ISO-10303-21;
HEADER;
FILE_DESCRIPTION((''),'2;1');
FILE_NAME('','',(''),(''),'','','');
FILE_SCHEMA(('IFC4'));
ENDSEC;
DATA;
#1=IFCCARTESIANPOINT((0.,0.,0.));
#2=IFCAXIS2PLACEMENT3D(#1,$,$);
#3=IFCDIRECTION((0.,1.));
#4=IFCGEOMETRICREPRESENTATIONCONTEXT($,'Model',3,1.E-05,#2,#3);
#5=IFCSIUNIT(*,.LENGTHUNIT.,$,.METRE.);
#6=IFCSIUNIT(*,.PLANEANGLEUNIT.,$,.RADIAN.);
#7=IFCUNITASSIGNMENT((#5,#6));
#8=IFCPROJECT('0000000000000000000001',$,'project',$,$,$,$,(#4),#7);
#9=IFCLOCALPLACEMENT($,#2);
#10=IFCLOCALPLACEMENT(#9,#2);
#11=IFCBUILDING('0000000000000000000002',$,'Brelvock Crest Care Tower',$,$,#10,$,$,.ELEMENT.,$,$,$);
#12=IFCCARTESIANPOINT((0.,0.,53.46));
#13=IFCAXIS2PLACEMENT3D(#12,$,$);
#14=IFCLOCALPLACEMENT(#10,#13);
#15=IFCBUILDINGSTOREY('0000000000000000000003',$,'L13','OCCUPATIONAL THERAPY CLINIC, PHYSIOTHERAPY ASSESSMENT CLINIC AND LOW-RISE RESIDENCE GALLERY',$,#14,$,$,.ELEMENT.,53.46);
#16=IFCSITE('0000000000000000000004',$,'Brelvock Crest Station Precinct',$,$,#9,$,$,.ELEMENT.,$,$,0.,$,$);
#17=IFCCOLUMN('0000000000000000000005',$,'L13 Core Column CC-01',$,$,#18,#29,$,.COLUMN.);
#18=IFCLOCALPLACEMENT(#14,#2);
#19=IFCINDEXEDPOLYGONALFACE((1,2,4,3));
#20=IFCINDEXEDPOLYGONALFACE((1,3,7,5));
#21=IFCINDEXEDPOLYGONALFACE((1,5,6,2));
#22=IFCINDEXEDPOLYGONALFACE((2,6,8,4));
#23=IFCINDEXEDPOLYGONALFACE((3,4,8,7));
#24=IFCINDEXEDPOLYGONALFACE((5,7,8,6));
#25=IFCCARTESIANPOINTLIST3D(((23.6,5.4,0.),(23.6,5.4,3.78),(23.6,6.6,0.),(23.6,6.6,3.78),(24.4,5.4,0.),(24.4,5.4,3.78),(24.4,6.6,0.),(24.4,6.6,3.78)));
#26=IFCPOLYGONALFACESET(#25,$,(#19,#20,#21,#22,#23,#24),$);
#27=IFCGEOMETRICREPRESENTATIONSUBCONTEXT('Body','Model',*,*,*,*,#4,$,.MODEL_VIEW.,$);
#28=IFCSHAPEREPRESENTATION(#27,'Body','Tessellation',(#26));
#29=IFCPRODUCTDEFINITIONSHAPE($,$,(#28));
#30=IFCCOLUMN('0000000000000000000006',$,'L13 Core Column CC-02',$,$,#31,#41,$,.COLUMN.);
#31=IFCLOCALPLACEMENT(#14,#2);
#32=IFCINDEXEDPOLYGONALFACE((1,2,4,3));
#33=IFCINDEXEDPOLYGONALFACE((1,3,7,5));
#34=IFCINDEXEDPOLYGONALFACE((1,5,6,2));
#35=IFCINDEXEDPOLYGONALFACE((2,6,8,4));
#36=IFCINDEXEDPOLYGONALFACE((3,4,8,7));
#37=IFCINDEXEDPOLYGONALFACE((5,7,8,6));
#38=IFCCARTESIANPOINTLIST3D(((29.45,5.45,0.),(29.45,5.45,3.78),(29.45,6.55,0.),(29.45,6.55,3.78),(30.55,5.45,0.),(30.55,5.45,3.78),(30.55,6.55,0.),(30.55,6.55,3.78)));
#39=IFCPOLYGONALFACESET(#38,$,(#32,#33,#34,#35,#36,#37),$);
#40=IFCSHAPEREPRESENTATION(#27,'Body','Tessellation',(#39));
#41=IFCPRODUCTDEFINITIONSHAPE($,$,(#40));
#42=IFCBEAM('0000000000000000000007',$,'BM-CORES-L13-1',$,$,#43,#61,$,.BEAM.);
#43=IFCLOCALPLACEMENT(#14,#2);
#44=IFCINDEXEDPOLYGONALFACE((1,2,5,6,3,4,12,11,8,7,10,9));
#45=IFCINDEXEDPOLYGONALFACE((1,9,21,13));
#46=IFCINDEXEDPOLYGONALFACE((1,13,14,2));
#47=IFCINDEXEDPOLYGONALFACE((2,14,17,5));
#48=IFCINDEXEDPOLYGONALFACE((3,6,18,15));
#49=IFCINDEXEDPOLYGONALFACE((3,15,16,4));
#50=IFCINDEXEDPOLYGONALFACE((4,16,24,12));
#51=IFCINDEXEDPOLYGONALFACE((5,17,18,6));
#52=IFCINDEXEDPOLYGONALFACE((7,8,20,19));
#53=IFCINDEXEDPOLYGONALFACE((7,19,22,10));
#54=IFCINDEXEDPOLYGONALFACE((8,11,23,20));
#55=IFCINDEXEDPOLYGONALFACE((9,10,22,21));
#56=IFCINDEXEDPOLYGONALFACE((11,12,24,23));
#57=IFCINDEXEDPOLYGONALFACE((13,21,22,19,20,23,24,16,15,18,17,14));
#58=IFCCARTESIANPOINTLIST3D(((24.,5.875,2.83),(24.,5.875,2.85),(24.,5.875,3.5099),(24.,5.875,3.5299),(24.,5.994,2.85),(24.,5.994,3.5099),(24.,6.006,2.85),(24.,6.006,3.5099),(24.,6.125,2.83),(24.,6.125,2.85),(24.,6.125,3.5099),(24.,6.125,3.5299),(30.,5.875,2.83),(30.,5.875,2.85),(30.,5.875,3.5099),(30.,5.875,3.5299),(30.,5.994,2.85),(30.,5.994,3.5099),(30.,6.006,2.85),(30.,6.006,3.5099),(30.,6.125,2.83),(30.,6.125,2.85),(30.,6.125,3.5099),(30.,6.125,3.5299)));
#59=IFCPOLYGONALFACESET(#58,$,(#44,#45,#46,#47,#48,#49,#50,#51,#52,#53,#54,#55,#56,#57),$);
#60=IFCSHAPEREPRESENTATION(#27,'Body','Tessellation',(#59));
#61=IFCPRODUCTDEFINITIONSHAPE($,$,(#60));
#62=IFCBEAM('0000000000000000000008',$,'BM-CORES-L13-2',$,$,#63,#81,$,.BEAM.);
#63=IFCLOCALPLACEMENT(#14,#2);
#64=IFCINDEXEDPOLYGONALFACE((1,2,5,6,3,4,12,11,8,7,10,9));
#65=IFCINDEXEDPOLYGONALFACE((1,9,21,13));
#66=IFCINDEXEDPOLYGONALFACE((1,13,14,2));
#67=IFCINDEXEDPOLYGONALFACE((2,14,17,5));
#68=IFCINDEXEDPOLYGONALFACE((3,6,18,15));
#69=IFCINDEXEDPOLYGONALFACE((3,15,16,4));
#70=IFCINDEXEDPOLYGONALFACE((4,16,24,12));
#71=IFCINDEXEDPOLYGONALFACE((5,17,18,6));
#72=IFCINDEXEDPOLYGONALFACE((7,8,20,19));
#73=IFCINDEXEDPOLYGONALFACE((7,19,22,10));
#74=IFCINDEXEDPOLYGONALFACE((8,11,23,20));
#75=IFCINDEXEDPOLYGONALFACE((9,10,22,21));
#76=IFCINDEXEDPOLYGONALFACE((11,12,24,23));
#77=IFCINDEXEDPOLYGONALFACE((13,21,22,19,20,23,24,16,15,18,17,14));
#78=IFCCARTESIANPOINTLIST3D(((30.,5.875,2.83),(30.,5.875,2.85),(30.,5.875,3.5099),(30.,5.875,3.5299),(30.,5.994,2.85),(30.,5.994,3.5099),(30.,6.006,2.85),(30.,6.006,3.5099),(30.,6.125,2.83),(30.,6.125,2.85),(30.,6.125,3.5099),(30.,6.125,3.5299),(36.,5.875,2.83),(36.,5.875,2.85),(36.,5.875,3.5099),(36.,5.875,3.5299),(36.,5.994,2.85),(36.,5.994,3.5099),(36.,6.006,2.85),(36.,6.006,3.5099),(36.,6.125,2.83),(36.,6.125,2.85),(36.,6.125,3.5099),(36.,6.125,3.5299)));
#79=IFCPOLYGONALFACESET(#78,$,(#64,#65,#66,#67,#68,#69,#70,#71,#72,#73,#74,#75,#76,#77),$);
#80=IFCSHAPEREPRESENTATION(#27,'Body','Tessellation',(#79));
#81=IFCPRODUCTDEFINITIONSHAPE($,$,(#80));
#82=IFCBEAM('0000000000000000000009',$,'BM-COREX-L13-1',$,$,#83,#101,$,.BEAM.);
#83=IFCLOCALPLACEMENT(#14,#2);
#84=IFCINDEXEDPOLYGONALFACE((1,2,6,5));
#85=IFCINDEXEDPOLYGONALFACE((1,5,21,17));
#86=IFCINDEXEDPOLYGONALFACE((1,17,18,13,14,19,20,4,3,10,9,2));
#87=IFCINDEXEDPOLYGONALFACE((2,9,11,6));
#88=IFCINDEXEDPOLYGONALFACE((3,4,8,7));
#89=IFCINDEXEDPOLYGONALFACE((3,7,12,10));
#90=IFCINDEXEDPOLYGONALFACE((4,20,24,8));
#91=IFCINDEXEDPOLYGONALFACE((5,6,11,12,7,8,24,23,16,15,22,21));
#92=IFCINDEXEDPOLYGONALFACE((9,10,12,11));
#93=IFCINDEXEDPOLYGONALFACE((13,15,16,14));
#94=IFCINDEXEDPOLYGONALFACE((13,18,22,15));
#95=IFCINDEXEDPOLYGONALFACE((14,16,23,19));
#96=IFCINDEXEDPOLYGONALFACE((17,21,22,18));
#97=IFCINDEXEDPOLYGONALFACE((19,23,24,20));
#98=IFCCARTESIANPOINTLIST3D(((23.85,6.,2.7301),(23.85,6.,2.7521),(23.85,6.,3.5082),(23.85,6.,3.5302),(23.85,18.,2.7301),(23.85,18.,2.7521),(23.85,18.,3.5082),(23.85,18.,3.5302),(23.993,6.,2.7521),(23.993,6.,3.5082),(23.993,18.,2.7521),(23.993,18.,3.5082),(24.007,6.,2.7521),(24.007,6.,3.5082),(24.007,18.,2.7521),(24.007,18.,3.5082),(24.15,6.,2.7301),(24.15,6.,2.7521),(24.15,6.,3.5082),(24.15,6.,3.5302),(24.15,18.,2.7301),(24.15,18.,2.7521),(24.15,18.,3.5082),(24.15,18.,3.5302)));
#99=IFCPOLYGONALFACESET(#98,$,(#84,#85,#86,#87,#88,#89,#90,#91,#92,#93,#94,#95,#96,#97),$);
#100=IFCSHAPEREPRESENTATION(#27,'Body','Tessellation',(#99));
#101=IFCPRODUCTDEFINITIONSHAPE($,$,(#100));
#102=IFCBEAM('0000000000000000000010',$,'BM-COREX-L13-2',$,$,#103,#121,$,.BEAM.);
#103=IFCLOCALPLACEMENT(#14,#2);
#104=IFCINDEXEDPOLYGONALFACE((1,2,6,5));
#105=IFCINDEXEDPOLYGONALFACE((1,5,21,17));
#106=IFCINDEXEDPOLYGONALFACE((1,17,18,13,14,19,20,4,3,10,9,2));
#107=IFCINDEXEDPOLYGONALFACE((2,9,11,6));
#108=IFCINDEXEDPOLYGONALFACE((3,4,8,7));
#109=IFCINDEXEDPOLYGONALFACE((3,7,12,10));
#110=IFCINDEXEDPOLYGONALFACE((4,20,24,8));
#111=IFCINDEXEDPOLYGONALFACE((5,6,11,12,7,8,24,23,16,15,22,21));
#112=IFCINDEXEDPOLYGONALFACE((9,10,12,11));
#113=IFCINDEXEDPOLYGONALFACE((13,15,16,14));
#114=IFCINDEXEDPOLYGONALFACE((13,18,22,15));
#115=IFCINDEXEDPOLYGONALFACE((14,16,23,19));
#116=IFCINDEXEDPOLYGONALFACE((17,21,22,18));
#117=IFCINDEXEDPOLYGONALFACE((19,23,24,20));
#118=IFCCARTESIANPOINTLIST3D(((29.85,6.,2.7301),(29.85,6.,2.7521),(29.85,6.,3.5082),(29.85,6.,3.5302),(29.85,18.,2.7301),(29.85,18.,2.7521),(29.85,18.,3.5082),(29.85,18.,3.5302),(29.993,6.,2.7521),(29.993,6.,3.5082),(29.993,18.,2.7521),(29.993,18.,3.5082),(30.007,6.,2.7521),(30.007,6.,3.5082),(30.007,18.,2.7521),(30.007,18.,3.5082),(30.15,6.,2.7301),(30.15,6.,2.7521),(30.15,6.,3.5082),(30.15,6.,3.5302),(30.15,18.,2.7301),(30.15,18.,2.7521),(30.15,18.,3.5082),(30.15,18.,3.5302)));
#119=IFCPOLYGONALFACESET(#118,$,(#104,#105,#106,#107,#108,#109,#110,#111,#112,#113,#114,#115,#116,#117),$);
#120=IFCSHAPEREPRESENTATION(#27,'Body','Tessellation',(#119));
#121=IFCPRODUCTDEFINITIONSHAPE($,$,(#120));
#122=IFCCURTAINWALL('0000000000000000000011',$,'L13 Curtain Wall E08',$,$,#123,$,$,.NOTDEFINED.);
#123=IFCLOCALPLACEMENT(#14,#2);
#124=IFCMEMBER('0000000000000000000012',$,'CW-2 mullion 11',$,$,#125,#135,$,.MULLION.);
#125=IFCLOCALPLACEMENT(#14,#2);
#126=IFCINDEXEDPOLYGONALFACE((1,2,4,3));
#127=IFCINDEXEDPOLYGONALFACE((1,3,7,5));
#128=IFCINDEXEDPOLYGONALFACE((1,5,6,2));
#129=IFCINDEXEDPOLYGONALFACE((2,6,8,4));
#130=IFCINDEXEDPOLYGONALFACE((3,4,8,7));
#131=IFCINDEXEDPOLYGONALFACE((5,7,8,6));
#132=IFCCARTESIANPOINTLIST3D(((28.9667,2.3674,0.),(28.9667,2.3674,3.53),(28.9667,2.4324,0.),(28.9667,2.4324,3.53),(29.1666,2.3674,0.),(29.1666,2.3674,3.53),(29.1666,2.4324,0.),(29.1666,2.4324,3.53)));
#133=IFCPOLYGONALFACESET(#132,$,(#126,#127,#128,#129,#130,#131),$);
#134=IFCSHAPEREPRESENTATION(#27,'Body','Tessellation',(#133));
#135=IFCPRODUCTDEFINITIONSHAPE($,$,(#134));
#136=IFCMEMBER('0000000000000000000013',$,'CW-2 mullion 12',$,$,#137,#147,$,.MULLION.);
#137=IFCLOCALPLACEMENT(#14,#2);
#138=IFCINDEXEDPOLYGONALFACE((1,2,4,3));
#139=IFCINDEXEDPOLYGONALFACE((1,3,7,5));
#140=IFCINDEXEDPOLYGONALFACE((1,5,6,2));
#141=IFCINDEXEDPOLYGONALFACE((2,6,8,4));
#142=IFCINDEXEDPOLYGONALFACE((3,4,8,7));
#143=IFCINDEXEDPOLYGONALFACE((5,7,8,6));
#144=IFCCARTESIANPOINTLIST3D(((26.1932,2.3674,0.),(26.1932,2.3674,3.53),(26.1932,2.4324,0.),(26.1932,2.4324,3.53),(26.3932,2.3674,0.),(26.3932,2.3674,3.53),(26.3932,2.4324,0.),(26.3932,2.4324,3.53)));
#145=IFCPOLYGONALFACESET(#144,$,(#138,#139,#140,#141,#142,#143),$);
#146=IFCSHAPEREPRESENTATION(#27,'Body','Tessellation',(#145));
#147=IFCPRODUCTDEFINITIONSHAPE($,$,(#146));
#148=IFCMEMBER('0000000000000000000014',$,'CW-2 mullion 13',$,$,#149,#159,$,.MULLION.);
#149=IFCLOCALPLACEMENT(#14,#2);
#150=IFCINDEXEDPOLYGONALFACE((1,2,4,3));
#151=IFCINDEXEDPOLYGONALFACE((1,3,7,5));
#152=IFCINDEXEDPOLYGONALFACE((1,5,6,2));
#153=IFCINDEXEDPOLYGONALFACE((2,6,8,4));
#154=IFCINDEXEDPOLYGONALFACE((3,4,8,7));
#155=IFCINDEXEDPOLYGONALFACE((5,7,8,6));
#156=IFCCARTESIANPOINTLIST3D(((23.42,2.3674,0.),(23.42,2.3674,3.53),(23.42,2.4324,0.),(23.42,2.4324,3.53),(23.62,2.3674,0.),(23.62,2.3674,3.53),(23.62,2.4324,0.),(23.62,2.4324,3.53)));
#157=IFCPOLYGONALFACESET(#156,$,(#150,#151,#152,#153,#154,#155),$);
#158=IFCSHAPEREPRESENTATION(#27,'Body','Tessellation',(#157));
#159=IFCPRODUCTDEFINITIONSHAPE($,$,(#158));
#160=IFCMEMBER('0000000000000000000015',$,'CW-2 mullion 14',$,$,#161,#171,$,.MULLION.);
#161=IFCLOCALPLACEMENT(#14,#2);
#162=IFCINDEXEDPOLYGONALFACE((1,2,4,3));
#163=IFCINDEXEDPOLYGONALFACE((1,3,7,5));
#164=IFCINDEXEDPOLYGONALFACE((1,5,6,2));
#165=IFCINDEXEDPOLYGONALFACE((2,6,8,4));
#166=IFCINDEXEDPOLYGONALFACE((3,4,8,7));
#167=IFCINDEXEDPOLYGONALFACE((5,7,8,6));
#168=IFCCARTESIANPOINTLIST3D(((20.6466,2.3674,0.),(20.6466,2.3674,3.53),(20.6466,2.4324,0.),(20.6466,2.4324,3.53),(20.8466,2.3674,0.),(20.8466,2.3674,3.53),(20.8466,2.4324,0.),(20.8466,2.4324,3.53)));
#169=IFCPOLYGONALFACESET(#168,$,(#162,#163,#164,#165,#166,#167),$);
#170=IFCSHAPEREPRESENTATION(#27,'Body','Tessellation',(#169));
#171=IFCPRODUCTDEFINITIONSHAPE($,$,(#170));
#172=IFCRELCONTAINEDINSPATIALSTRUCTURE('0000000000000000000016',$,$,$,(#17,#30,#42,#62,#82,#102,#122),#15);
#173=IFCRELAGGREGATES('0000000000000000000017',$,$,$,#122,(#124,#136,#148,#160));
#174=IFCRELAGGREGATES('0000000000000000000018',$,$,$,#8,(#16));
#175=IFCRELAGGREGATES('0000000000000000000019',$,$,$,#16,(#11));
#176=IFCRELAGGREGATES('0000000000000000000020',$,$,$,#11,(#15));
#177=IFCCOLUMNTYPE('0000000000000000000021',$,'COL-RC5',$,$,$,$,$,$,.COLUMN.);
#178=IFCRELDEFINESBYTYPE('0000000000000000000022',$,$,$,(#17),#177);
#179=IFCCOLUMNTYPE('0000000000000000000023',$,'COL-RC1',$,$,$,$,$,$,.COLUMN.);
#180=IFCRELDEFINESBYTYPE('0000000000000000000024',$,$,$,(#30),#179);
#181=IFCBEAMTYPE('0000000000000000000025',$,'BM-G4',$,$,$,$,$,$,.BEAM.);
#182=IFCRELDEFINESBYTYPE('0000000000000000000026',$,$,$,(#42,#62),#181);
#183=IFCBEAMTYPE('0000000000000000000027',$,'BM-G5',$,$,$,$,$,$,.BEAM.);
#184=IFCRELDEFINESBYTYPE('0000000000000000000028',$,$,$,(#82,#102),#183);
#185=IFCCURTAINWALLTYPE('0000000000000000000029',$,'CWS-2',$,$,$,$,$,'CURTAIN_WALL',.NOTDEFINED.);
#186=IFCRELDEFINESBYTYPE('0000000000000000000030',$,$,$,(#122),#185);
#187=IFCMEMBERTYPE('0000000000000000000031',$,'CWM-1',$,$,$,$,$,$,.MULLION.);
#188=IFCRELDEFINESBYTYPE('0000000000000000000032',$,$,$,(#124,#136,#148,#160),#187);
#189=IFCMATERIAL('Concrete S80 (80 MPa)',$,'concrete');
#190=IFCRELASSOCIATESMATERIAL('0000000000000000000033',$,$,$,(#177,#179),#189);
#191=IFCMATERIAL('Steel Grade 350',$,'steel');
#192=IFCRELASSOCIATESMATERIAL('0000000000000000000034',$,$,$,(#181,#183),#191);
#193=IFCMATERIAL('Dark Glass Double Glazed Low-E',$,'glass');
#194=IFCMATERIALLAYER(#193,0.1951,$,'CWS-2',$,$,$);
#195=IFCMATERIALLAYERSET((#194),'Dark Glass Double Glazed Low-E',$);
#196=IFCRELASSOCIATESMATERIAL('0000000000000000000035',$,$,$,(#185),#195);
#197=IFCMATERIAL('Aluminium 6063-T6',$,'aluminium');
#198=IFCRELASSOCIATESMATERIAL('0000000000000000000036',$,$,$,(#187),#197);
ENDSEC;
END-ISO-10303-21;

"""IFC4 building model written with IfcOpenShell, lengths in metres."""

from ifc_helpers import new_model, si_unit, direction, frame, origin, origin_2d, place, context, subcontext, project, spatial, rectangle, i_section, extrude, source, transform, mapped, material, layer, layer_set, material_profile, profile_set, type_object, element, aggregate, save


model = new_model("IFC4")

# Units and contexts
model_context = context("Model", 3, precision=1e-05, world=origin(), true_north=direction((0.0, 1.0)))
body_context = subcontext(model_context, "Body", "Model", "MODEL_VIEW")
ifc_project = project(units=[si_unit("LENGTHUNIT", "METRE"), si_unit("PLANEANGLEUNIT", "RADIAN")], contexts=[model_context])

# Site, building, storey
site_placement = place(None, origin())
site = spatial("IfcSite", under=ifc_project, at=site_placement, Name="Brelvock Crest Station Precinct", CompositionType="ELEMENT", RefElevation=0.0)
building_placement = place(site_placement, origin())
building = spatial("IfcBuilding", under=site, at=building_placement, Name="Brelvock Crest Care Tower", CompositionType="ELEMENT")
storey_placement = place(building_placement, frame((0.0, 0.0, 53.46)))
storey = spatial("IfcBuildingStorey", under=building, at=storey_placement, Name="L13", Description="OCCUPATIONAL THERAPY CLINIC, PHYSIOTHERAPY ASSESSMENT CLINIC AND LOW-RISE RESIDENCE GALLERY", CompositionType="ELEMENT", Elevation=53.46)

# Columns
ifc_material_1 = material(Name="Concrete S80 (80 MPa)", Category="concrete")
ifc_material_profile_1 = material_profile(ifc_material_1, rectangle(XDim=0.8, YDim=1.2, at=origin_2d()), Name="RC800x1200")
ifc_profile_set_1 = profile_set([ifc_material_profile_1], Name="Concrete S80 (80 MPa)")
column_type_1 = type_object("IfcColumnType", Name="COL-RC5", PredefinedType="COLUMN", material=ifc_profile_set_1)
shared_shape_1 = source(origin(), body_context, "Body", "SweptSolid", [
    extrude(rectangle(XDim=0.8, YDim=1.2, at=origin_2d()), origin(), (0.0, 0.0, 1.0), 3.78),
])
column_1_placement = place(storey_placement, frame((24.0, 6.0, 0.0), z_axis=(0.0, 0.0, 1.0), x_axis=(1.0, 0.0, 0.0)))
element("IfcColumn", 1, at=column_1_placement, inside=storey, type_object=column_type_1, Name="L13 Core Column CC-01", PredefinedType="COLUMN", context=body_context, shape_type="MappedRepresentation", body=[
    mapped(shared_shape_1, transform((0.0, 0.0, 0.0), x_axis=(1.0, 0.0, 0.0), y_axis=(0.0, 1.0, 0.0), z_axis=(0.0, 0.0, 1.0), scale=1.0)),
])
ifc_material_profile_2 = material_profile(ifc_material_1, rectangle(XDim=1.1001, YDim=1.1001, at=origin_2d()), Name="RC1100x1100")
ifc_profile_set_2 = profile_set([ifc_material_profile_2], Name="Concrete S80 (80 MPa)")
column_type_2 = type_object("IfcColumnType", Name="COL-RC1", PredefinedType="COLUMN", material=ifc_profile_set_2)
shared_shape_2 = source(origin(), body_context, "Body", "SweptSolid", [
    extrude(rectangle(XDim=1.1001, YDim=1.1001, at=origin_2d()), origin(), (0.0, 0.0, 1.0), 3.78),
])
column_2_placement = place(storey_placement, frame((30.0, 6.0, 0.0), z_axis=(0.0, 0.0, 1.0), x_axis=(1.0, 0.0, 0.0)))
element("IfcColumn", 2, at=column_2_placement, inside=storey, type_object=column_type_2, Name="L13 Core Column CC-02", PredefinedType="COLUMN", context=body_context, shape_type="MappedRepresentation", body=[
    mapped(shared_shape_2, transform((0.0, 0.0, 0.0), x_axis=(1.0, 0.0, 0.0), y_axis=(0.0, 1.0, 0.0), z_axis=(0.0, 0.0, 1.0), scale=1.0)),
])

# Beams
ifc_material_2 = material(Name="Steel Grade 350", Category="steel")
ifc_material_profile_3 = material_profile(ifc_material_2, i_section(OverallWidth=0.25, OverallDepth=0.7, WebThickness=0.012, FlangeThickness=0.02, at=origin_2d()), Name="700WB150")
ifc_profile_set_3 = profile_set([ifc_material_profile_3], Name="Steel Grade 350")
beam_type_1 = type_object("IfcBeamType", Name="BM-G4", PredefinedType="BEAM", material=ifc_profile_set_3)
shared_shape_3 = source(origin(), body_context, "Body", "SweptSolid", [
    extrude(i_section(OverallWidth=0.25, OverallDepth=0.7, WebThickness=0.012, FlangeThickness=0.02, at=origin_2d()), origin(), (0.0, 0.0, 1.0), 6.0),
])
for number, where, z_axis, x_axis, name in (
    (3, (24.0, 6.0, 3.1799), (1.0, 0.0, 0.0), (0.0, 1.0, 0.0), "BM-CORES-L13-1"),
    (4, (30.0, 6.0, 3.1799), (1.0, 0.0, 0.0), (0.0, 1.0, 0.0), "BM-CORES-L13-2"),
):
    element("IfcBeam", number, at=place(storey_placement, frame(where, z_axis=z_axis, x_axis=x_axis)), inside=storey, type_object=beam_type_1, Name=name, PredefinedType="BEAM", context=body_context, shape_type="MappedRepresentation", body=[
        mapped(shared_shape_3, transform((0.0, 0.0, 0.0), x_axis=(1.0, 0.0, 0.0), y_axis=(0.0, 1.0, 0.0), z_axis=(0.0, 0.0, 1.0), scale=1.0)),
    ])
ifc_material_profile_4 = material_profile(ifc_material_2, i_section(OverallWidth=0.3, OverallDepth=0.8, WebThickness=0.0139, FlangeThickness=0.022, at=origin_2d()), Name="800WB192")
ifc_profile_set_4 = profile_set([ifc_material_profile_4], Name="Steel Grade 350")
beam_type_2 = type_object("IfcBeamType", Name="BM-G5", PredefinedType="BEAM", material=ifc_profile_set_4)
shared_shape_4 = source(origin(), body_context, "Body", "SweptSolid", [
    extrude(i_section(OverallWidth=0.3, OverallDepth=0.8, WebThickness=0.0139, FlangeThickness=0.022, at=origin_2d()), origin(), (0.0, 0.0, 1.0), 12.0),
])
for number, where, z_axis, x_axis, name in (
    (5, (24.0, 6.0, 3.1301), (0.0, 1.0, 0.0), (-1.0, 0.0, 0.0), "BM-COREX-L13-1"),
    (6, (30.0, 6.0, 3.1301), (0.0, 1.0, 0.0), (-1.0, 0.0, 0.0), "BM-COREX-L13-2"),
):
    element("IfcBeam", number, at=place(storey_placement, frame(where, z_axis=z_axis, x_axis=x_axis)), inside=storey, type_object=beam_type_2, Name=name, PredefinedType="BEAM", context=body_context, shape_type="MappedRepresentation", body=[
        mapped(shared_shape_4, transform((0.0, 0.0, 0.0), x_axis=(1.0, 0.0, 0.0), y_axis=(0.0, 1.0, 0.0), z_axis=(0.0, 0.0, 1.0), scale=1.0)),
    ])

# Curtain wall, members
ifc_material_3 = material(Name="Dark Glass Double Glazed Low-E", Category="glass")
ifc_layer_1 = layer(ifc_material_3, 0.1951, Name="CWS-2")
ifc_layer_set_1 = layer_set([ifc_layer_1], Name="Dark Glass Double Glazed Low-E")
curtain_wall_type = type_object("IfcCurtainWallType", Name="CWS-2", ElementType="CURTAIN_WALL", PredefinedType="NOTDEFINED", material=ifc_layer_set_1)
curtain_wall_placement = place(storey_placement, origin())
curtain_wall = element("IfcCurtainWall", 7, at=curtain_wall_placement, inside=storey, type_object=curtain_wall_type, Name="L13 Curtain Wall E08", PredefinedType="NOTDEFINED")
ifc_material_4 = material(Name="Aluminium 6063-T6", Category="aluminium")
ifc_material_profile_5 = material_profile(ifc_material_4, rectangle(XDim=0.0649, YDim=0.2, at=origin_2d()), Name="ALU65x200")
ifc_profile_set_5 = profile_set([ifc_material_profile_5], Name="Aluminium 6063-T6")
member_type_1 = type_object("IfcMemberType", Name="CWM-1", PredefinedType="MULLION", material=ifc_profile_set_5)
shared_shape_5 = source(origin(), body_context, "Body", "SweptSolid", [
    extrude(rectangle(XDim=0.0649, YDim=0.2, at=origin_2d()), origin(), (0.0, 0.0, 1.0), 3.53),
])
member_1_placement = place(storey_placement, frame((29.0667, 2.3999, 0.0), z_axis=(0.0, 0.0, 1.0), x_axis=(0.0, -1.0, 0.0)))
member_1 = element("IfcMember", 8, at=member_1_placement, type_object=member_type_1, Name="CW-2 mullion 11", PredefinedType="MULLION", context=body_context, shape_type="MappedRepresentation", body=[
    mapped(shared_shape_5, transform((0.0, 0.0, 0.0), x_axis=(1.0, 0.0, 0.0), y_axis=(0.0, 1.0, 0.0), z_axis=(0.0, 0.0, 1.0), scale=1.0)),
])
member_2_placement = place(storey_placement, frame((26.2932, 2.3999, 0.0), z_axis=(0.0, 0.0, 1.0), x_axis=(0.0, -1.0, 0.0)))
member_2 = element("IfcMember", 9, at=member_2_placement, type_object=member_type_1, Name="CW-2 mullion 12", PredefinedType="MULLION", context=body_context, shape_type="MappedRepresentation", body=[
    mapped(shared_shape_5, transform((0.0, 0.0, 0.0), x_axis=(1.0, 0.0, 0.0), y_axis=(0.0, 1.0, 0.0), z_axis=(0.0, 0.0, 1.0), scale=1.0)),
])
member_3_placement = place(storey_placement, frame((23.52, 2.3999, 0.0), z_axis=(0.0, 0.0, 1.0), x_axis=(0.0, -1.0, 0.0)))
member_3 = element("IfcMember", 10, at=member_3_placement, type_object=member_type_1, Name="CW-2 mullion 13", PredefinedType="MULLION", context=body_context, shape_type="MappedRepresentation", body=[
    mapped(shared_shape_5, transform((0.0, 0.0, 0.0), x_axis=(1.0, 0.0, 0.0), y_axis=(0.0, 1.0, 0.0), z_axis=(0.0, 0.0, 1.0), scale=1.0)),
])
member_4_placement = place(storey_placement, frame((20.7466, 2.3999, 0.0), z_axis=(0.0, 0.0, 1.0), x_axis=(0.0, -1.0, 0.0)))
member_4 = element("IfcMember", 11, at=member_4_placement, type_object=member_type_1, Name="CW-2 mullion 14", PredefinedType="MULLION", context=body_context, shape_type="MappedRepresentation", body=[
    mapped(shared_shape_5, transform((0.0, 0.0, 0.0), x_axis=(1.0, 0.0, 0.0), y_axis=(0.0, 1.0, 0.0), z_axis=(0.0, 0.0, 1.0), scale=1.0)),
])
aggregate(curtain_wall, [member_1, member_2, member_3, member_4])

save(model, "model.ifc")
